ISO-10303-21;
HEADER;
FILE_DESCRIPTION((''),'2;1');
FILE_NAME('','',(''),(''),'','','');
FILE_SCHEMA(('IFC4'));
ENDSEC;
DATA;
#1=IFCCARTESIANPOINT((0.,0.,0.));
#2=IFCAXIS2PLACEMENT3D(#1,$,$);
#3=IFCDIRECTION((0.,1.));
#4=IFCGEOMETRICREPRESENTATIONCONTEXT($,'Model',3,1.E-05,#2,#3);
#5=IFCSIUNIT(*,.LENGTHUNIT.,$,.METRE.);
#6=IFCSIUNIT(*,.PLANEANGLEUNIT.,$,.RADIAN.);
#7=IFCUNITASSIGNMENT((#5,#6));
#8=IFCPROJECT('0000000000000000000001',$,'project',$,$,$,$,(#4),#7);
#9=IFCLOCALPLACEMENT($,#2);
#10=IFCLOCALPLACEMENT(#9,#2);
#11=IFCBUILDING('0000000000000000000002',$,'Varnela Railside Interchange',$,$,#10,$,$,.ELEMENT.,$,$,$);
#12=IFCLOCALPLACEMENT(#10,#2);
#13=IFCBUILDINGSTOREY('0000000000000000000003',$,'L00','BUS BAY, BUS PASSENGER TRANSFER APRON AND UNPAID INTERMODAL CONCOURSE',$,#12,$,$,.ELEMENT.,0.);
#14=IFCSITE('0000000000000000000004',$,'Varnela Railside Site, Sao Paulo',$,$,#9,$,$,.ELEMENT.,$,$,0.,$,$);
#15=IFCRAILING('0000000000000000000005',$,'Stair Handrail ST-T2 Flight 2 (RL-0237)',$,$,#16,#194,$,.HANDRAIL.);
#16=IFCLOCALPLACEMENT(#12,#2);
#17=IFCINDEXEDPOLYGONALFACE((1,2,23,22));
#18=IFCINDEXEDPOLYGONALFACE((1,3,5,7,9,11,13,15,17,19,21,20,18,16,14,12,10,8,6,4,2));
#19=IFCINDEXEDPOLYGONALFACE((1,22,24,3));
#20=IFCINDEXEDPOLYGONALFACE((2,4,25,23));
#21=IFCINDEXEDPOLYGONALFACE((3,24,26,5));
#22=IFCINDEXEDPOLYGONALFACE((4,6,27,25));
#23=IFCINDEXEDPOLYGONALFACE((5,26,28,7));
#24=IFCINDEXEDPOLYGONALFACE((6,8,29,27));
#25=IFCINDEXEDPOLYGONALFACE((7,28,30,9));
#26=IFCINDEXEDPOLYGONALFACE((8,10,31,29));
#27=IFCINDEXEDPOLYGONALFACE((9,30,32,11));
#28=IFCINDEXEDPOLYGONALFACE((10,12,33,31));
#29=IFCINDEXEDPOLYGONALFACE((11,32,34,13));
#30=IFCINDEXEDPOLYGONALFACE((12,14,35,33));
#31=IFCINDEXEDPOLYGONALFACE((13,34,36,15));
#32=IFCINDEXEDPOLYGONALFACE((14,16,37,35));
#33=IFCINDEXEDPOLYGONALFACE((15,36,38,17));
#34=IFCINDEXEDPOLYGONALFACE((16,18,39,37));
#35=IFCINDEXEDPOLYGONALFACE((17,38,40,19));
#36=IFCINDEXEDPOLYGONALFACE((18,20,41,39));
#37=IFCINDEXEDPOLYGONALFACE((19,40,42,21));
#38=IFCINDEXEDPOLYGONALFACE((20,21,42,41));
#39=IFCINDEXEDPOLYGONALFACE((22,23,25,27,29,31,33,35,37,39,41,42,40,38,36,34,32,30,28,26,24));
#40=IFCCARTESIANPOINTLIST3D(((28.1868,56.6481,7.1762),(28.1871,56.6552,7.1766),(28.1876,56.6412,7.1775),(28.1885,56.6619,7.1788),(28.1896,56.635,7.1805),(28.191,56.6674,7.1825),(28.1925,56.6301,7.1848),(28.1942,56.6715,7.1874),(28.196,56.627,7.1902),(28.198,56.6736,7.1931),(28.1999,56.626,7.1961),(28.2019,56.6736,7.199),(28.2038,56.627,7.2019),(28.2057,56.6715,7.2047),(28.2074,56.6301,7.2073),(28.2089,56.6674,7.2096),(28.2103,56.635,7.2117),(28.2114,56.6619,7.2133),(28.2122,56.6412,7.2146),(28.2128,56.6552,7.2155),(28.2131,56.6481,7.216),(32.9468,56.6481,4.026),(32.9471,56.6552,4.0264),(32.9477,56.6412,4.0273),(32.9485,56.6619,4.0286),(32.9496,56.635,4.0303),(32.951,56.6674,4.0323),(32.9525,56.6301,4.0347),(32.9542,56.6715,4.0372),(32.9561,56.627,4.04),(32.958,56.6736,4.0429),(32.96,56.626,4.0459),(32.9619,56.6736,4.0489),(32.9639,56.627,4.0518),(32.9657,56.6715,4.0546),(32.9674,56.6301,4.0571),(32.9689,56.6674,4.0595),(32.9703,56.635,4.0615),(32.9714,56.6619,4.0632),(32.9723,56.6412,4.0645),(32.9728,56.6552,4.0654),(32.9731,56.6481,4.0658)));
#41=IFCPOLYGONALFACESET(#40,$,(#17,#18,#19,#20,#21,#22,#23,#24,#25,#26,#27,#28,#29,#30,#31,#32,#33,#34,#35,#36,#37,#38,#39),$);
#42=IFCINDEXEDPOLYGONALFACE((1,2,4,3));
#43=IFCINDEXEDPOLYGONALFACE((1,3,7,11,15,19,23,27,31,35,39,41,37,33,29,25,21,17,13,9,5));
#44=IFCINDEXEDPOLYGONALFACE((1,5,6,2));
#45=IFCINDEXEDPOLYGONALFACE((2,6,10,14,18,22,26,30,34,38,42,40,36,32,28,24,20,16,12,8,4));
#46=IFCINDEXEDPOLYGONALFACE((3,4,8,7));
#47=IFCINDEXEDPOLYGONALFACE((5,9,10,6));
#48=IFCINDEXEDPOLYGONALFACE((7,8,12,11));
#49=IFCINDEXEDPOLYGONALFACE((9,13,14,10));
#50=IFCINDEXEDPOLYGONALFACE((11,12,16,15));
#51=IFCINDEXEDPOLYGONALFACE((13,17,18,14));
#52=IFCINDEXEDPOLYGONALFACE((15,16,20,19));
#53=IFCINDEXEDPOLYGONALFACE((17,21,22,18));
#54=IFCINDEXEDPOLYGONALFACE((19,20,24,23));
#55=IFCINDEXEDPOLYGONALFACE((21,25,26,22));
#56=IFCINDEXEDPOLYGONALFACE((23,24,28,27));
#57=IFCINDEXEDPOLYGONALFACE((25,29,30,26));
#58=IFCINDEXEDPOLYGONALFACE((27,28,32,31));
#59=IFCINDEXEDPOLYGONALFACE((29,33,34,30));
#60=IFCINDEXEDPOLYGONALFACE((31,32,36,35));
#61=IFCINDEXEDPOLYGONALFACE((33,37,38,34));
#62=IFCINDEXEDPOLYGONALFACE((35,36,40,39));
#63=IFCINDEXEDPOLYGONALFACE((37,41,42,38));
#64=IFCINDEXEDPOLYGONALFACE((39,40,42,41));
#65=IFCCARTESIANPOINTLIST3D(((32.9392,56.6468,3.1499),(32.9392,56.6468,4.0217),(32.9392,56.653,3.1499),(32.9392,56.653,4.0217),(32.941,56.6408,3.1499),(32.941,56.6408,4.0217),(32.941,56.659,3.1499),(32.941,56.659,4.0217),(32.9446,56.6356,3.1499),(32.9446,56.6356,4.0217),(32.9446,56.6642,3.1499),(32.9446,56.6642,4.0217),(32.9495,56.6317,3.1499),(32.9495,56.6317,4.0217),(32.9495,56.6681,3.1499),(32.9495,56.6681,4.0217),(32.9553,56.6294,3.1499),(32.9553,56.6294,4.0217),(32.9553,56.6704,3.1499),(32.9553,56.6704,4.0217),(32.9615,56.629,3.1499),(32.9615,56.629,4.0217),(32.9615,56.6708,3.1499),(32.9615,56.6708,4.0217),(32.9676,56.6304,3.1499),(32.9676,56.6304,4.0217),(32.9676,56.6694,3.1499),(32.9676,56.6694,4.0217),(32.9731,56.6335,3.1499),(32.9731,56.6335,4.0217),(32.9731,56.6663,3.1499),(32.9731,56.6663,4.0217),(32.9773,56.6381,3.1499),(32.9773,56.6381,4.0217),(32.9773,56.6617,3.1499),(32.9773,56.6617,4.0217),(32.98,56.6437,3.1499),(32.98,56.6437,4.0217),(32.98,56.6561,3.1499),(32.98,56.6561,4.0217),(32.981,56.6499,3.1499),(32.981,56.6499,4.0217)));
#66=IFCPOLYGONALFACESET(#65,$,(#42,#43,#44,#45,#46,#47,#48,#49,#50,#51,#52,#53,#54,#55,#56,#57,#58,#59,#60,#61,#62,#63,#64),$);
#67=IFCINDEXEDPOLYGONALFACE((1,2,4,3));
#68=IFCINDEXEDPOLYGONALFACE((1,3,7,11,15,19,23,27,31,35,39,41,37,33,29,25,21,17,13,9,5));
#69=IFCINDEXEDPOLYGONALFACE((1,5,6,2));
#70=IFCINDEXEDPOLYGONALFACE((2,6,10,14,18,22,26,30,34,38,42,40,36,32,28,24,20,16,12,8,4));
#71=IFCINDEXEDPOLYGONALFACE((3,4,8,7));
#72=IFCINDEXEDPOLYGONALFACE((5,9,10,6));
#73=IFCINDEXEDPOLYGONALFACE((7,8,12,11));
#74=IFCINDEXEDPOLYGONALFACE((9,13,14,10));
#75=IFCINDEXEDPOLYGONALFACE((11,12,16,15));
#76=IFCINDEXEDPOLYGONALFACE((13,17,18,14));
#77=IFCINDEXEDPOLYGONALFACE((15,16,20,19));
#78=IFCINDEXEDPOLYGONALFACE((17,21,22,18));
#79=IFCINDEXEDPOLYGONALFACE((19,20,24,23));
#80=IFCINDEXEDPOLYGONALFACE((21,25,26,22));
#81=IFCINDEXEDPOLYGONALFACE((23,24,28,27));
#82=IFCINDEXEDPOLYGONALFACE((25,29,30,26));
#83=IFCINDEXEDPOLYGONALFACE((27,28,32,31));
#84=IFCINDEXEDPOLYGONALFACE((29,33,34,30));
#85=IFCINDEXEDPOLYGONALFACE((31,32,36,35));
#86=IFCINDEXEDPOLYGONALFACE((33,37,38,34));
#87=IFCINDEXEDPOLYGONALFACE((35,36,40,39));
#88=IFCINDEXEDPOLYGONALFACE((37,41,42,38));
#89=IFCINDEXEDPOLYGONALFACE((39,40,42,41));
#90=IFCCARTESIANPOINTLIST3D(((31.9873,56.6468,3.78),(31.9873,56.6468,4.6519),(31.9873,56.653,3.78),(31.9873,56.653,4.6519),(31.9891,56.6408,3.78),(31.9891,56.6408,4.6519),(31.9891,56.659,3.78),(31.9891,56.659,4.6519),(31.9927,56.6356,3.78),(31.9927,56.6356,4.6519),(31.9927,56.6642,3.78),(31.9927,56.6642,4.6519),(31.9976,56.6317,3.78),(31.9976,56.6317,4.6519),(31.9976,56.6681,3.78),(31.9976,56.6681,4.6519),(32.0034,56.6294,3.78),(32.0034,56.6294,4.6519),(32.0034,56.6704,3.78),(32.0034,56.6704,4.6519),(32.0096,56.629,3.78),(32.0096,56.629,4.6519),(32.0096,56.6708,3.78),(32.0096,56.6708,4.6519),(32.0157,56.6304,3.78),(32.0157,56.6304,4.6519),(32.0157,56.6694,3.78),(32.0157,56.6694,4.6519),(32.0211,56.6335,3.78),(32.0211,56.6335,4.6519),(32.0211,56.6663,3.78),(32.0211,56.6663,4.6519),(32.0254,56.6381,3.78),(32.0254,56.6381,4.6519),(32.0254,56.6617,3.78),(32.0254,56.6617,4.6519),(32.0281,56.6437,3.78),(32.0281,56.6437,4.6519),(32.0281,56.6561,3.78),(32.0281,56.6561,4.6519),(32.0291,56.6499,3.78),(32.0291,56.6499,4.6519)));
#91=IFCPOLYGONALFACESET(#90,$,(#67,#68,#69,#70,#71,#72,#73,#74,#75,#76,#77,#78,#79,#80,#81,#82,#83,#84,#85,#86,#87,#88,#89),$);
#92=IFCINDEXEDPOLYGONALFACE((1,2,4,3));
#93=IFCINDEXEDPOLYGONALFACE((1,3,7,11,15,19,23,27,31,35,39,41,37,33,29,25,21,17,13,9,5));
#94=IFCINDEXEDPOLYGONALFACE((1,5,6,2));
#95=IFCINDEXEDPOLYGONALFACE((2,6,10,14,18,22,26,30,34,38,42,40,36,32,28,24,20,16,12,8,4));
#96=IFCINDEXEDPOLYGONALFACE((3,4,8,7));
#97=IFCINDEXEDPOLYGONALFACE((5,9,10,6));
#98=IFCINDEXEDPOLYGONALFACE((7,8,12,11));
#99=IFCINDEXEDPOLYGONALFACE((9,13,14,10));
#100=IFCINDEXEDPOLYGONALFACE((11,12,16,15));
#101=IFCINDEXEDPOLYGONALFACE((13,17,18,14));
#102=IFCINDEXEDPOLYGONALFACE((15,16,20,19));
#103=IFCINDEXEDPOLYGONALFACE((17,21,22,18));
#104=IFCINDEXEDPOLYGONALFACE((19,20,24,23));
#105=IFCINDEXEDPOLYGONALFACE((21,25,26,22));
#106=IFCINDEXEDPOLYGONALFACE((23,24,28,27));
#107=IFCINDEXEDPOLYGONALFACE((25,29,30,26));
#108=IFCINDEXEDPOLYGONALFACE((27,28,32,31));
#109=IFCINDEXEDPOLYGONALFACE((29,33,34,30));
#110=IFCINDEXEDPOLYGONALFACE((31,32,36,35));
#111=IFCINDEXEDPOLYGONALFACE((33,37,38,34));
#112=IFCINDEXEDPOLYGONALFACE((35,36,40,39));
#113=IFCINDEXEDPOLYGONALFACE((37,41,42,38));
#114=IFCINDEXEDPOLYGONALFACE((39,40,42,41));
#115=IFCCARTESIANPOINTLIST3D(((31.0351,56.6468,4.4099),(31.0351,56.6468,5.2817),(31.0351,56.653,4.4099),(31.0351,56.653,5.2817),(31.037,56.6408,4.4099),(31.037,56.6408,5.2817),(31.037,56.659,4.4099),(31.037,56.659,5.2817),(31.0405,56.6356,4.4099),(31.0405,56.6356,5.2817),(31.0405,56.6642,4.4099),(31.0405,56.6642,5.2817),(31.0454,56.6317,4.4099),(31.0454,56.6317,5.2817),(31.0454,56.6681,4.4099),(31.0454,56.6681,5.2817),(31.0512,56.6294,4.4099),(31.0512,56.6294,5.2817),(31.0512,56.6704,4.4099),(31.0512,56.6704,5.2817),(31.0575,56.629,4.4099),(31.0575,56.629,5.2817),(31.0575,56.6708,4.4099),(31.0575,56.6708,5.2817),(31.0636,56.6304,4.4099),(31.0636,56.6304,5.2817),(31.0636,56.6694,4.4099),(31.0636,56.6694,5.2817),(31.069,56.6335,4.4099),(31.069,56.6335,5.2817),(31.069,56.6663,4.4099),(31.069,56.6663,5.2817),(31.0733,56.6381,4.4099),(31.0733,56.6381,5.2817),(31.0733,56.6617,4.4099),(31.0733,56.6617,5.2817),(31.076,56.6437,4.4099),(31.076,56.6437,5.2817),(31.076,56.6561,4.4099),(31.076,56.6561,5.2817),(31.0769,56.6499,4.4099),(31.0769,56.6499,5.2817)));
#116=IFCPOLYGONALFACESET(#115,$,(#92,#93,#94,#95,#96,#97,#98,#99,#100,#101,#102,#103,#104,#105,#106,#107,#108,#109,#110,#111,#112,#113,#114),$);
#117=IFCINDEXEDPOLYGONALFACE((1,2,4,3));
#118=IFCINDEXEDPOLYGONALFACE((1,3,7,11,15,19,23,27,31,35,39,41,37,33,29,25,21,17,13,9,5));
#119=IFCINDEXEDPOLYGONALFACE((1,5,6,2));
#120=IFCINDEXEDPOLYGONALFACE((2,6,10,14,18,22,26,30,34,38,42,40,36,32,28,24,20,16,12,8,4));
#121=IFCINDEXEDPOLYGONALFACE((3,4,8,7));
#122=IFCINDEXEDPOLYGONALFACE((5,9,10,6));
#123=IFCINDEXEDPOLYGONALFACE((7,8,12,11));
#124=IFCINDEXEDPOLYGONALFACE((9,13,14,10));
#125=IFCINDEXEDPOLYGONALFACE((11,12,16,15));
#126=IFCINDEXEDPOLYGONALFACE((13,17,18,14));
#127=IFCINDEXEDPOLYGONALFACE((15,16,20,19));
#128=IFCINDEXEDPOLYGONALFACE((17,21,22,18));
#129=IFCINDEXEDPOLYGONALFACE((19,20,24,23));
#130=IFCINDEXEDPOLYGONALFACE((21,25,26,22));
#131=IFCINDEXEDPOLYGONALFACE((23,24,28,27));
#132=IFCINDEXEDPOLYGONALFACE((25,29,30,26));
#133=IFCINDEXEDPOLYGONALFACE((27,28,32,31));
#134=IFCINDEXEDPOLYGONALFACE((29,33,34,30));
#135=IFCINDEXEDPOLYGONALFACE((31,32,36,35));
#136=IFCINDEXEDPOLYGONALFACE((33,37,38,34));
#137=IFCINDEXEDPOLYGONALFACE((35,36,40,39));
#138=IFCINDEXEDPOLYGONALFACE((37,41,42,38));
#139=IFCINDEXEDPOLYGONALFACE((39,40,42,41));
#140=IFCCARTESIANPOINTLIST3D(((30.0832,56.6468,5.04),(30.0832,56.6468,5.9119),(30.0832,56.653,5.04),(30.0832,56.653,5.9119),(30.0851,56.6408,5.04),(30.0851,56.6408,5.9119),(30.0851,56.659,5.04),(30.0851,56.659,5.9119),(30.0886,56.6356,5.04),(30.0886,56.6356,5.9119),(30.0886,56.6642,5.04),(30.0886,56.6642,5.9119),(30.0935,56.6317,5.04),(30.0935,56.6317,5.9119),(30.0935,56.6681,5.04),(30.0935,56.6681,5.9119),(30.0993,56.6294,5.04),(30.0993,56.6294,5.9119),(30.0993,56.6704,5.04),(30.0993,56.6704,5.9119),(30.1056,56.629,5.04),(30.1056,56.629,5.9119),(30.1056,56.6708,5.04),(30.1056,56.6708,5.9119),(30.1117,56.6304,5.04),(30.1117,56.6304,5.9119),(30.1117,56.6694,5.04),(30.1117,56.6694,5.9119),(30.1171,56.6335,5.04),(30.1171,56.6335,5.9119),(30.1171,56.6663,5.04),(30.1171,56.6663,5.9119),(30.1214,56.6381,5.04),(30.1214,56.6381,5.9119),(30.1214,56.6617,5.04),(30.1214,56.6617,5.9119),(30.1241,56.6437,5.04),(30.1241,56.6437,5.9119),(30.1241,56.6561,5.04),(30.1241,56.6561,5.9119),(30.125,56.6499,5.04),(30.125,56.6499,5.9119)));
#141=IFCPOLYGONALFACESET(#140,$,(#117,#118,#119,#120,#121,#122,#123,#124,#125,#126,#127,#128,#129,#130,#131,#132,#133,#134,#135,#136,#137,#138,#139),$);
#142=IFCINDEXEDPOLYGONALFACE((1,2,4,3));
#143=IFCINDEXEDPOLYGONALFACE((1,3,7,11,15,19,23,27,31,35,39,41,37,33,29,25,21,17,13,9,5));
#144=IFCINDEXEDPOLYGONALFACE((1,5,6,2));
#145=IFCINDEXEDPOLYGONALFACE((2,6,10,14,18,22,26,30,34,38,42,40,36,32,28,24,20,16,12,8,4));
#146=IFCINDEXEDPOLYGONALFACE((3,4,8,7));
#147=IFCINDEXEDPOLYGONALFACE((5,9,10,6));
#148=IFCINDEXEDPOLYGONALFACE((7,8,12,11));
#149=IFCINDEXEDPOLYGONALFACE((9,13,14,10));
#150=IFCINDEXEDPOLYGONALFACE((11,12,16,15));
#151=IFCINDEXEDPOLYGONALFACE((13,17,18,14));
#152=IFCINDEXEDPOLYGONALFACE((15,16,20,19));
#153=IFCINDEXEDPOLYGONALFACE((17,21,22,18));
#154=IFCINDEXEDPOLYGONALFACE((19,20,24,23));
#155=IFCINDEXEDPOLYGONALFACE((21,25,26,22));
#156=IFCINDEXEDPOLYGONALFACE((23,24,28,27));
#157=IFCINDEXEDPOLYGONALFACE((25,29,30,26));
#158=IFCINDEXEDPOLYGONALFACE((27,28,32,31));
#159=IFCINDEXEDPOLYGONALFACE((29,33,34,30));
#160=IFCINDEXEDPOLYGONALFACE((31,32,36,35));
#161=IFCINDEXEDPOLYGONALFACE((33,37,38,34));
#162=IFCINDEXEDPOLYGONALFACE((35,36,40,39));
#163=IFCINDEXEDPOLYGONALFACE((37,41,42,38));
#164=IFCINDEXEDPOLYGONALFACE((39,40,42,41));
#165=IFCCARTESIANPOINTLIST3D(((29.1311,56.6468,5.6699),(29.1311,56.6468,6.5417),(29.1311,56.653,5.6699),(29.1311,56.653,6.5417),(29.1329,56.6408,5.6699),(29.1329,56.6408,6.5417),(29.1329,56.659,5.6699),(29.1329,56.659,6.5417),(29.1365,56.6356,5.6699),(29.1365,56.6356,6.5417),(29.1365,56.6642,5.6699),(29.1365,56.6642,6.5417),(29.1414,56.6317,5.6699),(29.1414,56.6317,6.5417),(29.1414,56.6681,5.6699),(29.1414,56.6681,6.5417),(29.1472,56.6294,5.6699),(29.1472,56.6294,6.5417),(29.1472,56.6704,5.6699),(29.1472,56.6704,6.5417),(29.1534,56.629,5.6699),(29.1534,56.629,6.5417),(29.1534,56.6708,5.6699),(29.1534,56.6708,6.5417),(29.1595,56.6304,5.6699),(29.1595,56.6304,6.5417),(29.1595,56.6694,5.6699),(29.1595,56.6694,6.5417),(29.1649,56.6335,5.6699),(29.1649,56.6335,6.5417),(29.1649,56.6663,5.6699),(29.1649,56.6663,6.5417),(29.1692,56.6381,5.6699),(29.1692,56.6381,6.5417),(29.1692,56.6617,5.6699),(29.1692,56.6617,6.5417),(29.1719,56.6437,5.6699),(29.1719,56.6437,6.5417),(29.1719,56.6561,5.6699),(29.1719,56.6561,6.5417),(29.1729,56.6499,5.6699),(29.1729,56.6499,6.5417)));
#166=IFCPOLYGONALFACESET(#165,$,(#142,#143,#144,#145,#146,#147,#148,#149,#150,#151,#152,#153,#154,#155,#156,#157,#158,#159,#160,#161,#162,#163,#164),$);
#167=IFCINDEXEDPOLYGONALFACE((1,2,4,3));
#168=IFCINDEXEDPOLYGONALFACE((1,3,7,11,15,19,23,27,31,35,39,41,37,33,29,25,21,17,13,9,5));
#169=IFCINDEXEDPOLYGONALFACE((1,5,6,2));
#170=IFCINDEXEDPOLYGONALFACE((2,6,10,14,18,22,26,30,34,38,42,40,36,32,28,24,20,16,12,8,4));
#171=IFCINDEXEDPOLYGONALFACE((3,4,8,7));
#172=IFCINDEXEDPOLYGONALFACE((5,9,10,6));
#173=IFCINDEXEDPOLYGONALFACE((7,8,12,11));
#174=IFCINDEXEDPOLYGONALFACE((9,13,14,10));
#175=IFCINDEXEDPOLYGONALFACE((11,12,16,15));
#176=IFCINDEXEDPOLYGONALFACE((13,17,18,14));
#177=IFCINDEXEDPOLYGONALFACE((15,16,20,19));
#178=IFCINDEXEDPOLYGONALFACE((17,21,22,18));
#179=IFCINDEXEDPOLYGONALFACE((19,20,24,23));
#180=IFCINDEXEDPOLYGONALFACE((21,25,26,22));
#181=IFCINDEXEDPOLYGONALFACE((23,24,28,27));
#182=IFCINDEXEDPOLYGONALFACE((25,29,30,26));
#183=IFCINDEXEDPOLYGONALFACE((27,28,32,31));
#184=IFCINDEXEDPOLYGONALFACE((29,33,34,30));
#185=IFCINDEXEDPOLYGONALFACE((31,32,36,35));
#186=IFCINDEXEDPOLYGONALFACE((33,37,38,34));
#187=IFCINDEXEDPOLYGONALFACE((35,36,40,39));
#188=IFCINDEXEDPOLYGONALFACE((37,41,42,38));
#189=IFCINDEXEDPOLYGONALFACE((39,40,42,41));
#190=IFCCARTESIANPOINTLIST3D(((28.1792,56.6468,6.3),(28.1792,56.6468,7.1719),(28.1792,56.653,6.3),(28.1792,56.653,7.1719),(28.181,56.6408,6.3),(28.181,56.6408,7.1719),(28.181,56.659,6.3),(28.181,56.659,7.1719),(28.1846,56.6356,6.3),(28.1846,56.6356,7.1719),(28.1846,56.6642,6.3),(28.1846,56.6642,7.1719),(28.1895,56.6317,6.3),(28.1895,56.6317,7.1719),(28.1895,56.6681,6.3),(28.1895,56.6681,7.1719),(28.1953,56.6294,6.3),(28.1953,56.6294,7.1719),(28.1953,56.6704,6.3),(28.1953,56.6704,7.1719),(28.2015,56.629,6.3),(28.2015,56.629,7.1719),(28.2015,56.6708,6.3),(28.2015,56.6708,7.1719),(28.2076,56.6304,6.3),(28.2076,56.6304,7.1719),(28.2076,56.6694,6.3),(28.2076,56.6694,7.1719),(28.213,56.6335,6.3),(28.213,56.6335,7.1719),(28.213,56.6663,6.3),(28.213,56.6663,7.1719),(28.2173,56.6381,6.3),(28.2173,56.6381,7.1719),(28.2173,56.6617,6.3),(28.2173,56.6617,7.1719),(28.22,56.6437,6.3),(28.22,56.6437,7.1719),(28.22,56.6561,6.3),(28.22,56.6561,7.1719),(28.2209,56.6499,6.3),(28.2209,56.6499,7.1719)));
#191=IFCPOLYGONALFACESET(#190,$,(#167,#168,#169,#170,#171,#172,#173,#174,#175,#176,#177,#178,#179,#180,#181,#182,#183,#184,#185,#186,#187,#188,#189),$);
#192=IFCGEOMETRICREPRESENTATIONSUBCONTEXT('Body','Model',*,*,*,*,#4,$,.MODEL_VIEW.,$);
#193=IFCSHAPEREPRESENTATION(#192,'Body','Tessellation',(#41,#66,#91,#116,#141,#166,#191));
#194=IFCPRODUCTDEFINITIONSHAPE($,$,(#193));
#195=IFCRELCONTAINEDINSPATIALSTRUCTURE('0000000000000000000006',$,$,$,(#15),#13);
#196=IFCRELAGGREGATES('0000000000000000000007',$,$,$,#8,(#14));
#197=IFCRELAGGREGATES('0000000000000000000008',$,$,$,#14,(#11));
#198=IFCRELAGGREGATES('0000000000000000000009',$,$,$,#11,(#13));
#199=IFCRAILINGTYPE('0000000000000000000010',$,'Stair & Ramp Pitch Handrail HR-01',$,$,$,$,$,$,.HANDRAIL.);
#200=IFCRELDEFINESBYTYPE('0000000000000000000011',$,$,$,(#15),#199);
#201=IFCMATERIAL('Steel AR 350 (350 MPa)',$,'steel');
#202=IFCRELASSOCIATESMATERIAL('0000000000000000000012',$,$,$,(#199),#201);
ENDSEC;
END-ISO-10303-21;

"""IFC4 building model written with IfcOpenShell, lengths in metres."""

from ifc_helpers import new_model, si_unit, direction, frame, origin, origin_2d, place, context, subcontext, project, spatial, circle, extrude, material, type_object, element, save


model = new_model("IFC4")

# Units and contexts
model_context = context("Model", 3, precision=1e-05, world=origin(), true_north=direction((0.0, 1.0)))
body_context = subcontext(model_context, "Body", "Model", "MODEL_VIEW")
ifc_project = project(units=[si_unit("LENGTHUNIT", "METRE"), si_unit("PLANEANGLEUNIT", "RADIAN")], contexts=[model_context])

# Site, building, storey
site_placement = place(None, origin())
site = spatial("IfcSite", under=ifc_project, at=site_placement, Name="Varnela Railside Site, Sao Paulo", CompositionType="ELEMENT", RefElevation=0.0)
building_placement = place(site_placement, origin())
building = spatial("IfcBuilding", under=site, at=building_placement, Name="Varnela Railside Interchange", CompositionType="ELEMENT")
storey_placement = place(building_placement, origin())
storey = spatial("IfcBuildingStorey", under=building, at=storey_placement, Name="L00", Description="BUS BAY, BUS PASSENGER TRANSFER APRON AND UNPAID INTERMODAL CONCOURSE", CompositionType="ELEMENT", Elevation=0.0)

# Shared definitions
ifc_material_1 = material(Name="Steel AR 350 (350 MPa)", Category="steel")

# Railing
railing_type_1 = type_object("IfcRailingType", Name="Stair & Ramp Pitch Handrail HR-01", PredefinedType="HANDRAIL", material=ifc_material_1)
railing_1_placement = place(storey_placement, frame((32.96, 56.6499, 3.1499)))
element("IfcRailing", 1, at=railing_1_placement, inside=storey, type_object=railing_type_1, Name="Stair Handrail ST-T2 Flight 2 (RL-0237)", PredefinedType="HANDRAIL", context=body_context, shape_type="SweptSolid", body=[
    extrude(circle(Radius=0.0239, at=origin_2d()), frame((0.0, 0.0, 0.896), z_axis=(-0.833921, 0.0, 0.551884), x_axis=(0.0, -1.0, 0.0)), (0.0, 0.0, 1.0), 5.708),
    extrude(circle(Radius=0.021, at=origin_2d()), origin(), (0.0, 0.0, 1.0), 0.8718),
    extrude(circle(Radius=0.021, at=origin_2d()), frame((-0.9519, 0.0, 0.6301)), (0.0, 0.0, 1.0), 0.8718),
    extrude(circle(Radius=0.021, at=origin_2d()), frame((-1.9041, 0.0, 1.26)), (0.0, 0.0, 1.0), 0.8718),
    extrude(circle(Radius=0.021, at=origin_2d()), frame((-2.856, 0.0, 1.8901)), (0.0, 0.0, 1.0), 0.8718),
    extrude(circle(Radius=0.021, at=origin_2d()), frame((-3.8081, 0.0, 2.52)), (0.0, 0.0, 1.0), 0.8718),
    extrude(circle(Radius=0.021, at=origin_2d()), frame((-4.76, 0.0, 3.1501)), (0.0, 0.0, 1.0), 0.8718),
])

save(model, "model.ifc")
